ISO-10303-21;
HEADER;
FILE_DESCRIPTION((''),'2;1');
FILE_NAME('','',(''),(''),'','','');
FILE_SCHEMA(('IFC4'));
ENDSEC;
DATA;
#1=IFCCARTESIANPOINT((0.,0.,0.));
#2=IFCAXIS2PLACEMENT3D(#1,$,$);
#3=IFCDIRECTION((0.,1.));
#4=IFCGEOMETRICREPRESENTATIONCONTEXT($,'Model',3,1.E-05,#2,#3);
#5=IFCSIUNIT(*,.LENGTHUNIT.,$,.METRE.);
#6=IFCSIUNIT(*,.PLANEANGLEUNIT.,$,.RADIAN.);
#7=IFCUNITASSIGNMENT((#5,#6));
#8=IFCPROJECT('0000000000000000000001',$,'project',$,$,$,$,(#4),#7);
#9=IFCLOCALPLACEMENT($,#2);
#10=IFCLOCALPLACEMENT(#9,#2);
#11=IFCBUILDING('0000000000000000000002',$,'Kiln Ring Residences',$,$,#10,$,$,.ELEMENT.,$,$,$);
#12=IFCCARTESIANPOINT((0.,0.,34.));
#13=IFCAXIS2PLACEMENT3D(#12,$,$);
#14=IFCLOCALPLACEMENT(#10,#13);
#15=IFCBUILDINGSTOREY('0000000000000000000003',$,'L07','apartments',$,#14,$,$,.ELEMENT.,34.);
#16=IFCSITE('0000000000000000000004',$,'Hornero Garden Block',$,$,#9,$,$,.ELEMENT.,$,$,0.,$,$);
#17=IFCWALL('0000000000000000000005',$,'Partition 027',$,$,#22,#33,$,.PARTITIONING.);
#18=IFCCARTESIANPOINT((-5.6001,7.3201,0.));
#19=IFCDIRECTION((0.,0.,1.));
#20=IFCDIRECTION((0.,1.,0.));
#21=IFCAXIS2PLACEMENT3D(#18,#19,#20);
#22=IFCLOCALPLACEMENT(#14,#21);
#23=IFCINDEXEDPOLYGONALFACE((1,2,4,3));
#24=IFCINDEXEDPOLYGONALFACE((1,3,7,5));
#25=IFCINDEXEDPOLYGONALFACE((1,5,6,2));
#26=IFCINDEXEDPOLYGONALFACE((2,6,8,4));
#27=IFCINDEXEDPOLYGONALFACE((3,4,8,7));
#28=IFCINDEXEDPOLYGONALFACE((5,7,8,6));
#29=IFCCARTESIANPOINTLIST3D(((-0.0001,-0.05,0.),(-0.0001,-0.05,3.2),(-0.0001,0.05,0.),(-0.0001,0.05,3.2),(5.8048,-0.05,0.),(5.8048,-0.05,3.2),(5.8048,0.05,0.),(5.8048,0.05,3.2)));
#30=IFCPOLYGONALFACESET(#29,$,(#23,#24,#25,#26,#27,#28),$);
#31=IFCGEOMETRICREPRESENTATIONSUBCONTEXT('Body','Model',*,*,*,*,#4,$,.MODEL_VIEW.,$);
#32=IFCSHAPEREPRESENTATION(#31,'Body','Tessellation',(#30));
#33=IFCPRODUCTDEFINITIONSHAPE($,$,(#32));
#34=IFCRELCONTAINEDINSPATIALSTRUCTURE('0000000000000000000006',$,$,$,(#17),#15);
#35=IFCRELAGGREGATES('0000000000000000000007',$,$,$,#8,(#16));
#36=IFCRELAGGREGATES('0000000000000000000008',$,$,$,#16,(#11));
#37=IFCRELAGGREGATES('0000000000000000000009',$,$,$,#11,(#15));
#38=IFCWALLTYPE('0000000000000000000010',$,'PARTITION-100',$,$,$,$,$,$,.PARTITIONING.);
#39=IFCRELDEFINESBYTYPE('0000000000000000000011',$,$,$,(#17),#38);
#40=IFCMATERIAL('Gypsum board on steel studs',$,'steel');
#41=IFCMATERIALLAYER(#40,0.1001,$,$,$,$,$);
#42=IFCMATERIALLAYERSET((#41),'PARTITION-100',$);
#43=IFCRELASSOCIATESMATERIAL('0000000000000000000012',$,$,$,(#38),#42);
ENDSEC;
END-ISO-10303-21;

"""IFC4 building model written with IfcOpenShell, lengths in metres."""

from ifc_helpers import new_model, si_unit, direction, frame, frame_2d, origin, place, context, subcontext, project, spatial, rectangle, extrude, material, layer, layer_set, type_object, element, save


model = new_model("IFC4")

# Units and contexts
model_context = context("Model", 3, precision=1e-05, world=origin(), true_north=direction((0.0, 1.0)))
body_context = subcontext(model_context, "Body", "Model", "MODEL_VIEW")
ifc_project = project(units=[si_unit("LENGTHUNIT", "METRE"), si_unit("PLANEANGLEUNIT", "RADIAN")], contexts=[model_context])

# Site, building, storey
site_placement = place(None, origin())
site = spatial("IfcSite", under=ifc_project, at=site_placement, Name="Hornero Garden Block", CompositionType="ELEMENT", RefElevation=0.0)
building_placement = place(site_placement, origin())
building = spatial("IfcBuilding", under=site, at=building_placement, Name="Kiln Ring Residences", CompositionType="ELEMENT")
storey_placement = place(building_placement, frame((0.0, 0.0, 34.0)))
storey = spatial("IfcBuildingStorey", under=building, at=storey_placement, Name="L07", Description="apartments", CompositionType="ELEMENT", Elevation=34.0)

# Wall
ifc_material_1 = material(Name="Gypsum board on steel studs", Category="steel")
ifc_layer_1 = layer(ifc_material_1, 0.1001)
ifc_layer_set_1 = layer_set([ifc_layer_1], Name="PARTITION-100")
wall_type = type_object("IfcWallType", Name="PARTITION-100", PredefinedType="PARTITIONING", material=ifc_layer_set_1)
wall_placement = place(storey_placement, frame((-5.6001, 7.3201, 0.0), z_axis=(0.0, 0.0, 1.0), x_axis=(0.0, 1.0, 0.0)))
element("IfcWall", 1, at=wall_placement, inside=storey, type_object=wall_type, Name="Partition 027", PredefinedType="PARTITIONING", context=body_context, shape_type="SweptSolid", body=[
    extrude(rectangle(XDim=5.8049, YDim=0.1001, at=frame_2d((2.9023, 0.0))), origin(), (0.0, 0.0, 1.0), 3.2),
])

save(model, "model.ifc")
